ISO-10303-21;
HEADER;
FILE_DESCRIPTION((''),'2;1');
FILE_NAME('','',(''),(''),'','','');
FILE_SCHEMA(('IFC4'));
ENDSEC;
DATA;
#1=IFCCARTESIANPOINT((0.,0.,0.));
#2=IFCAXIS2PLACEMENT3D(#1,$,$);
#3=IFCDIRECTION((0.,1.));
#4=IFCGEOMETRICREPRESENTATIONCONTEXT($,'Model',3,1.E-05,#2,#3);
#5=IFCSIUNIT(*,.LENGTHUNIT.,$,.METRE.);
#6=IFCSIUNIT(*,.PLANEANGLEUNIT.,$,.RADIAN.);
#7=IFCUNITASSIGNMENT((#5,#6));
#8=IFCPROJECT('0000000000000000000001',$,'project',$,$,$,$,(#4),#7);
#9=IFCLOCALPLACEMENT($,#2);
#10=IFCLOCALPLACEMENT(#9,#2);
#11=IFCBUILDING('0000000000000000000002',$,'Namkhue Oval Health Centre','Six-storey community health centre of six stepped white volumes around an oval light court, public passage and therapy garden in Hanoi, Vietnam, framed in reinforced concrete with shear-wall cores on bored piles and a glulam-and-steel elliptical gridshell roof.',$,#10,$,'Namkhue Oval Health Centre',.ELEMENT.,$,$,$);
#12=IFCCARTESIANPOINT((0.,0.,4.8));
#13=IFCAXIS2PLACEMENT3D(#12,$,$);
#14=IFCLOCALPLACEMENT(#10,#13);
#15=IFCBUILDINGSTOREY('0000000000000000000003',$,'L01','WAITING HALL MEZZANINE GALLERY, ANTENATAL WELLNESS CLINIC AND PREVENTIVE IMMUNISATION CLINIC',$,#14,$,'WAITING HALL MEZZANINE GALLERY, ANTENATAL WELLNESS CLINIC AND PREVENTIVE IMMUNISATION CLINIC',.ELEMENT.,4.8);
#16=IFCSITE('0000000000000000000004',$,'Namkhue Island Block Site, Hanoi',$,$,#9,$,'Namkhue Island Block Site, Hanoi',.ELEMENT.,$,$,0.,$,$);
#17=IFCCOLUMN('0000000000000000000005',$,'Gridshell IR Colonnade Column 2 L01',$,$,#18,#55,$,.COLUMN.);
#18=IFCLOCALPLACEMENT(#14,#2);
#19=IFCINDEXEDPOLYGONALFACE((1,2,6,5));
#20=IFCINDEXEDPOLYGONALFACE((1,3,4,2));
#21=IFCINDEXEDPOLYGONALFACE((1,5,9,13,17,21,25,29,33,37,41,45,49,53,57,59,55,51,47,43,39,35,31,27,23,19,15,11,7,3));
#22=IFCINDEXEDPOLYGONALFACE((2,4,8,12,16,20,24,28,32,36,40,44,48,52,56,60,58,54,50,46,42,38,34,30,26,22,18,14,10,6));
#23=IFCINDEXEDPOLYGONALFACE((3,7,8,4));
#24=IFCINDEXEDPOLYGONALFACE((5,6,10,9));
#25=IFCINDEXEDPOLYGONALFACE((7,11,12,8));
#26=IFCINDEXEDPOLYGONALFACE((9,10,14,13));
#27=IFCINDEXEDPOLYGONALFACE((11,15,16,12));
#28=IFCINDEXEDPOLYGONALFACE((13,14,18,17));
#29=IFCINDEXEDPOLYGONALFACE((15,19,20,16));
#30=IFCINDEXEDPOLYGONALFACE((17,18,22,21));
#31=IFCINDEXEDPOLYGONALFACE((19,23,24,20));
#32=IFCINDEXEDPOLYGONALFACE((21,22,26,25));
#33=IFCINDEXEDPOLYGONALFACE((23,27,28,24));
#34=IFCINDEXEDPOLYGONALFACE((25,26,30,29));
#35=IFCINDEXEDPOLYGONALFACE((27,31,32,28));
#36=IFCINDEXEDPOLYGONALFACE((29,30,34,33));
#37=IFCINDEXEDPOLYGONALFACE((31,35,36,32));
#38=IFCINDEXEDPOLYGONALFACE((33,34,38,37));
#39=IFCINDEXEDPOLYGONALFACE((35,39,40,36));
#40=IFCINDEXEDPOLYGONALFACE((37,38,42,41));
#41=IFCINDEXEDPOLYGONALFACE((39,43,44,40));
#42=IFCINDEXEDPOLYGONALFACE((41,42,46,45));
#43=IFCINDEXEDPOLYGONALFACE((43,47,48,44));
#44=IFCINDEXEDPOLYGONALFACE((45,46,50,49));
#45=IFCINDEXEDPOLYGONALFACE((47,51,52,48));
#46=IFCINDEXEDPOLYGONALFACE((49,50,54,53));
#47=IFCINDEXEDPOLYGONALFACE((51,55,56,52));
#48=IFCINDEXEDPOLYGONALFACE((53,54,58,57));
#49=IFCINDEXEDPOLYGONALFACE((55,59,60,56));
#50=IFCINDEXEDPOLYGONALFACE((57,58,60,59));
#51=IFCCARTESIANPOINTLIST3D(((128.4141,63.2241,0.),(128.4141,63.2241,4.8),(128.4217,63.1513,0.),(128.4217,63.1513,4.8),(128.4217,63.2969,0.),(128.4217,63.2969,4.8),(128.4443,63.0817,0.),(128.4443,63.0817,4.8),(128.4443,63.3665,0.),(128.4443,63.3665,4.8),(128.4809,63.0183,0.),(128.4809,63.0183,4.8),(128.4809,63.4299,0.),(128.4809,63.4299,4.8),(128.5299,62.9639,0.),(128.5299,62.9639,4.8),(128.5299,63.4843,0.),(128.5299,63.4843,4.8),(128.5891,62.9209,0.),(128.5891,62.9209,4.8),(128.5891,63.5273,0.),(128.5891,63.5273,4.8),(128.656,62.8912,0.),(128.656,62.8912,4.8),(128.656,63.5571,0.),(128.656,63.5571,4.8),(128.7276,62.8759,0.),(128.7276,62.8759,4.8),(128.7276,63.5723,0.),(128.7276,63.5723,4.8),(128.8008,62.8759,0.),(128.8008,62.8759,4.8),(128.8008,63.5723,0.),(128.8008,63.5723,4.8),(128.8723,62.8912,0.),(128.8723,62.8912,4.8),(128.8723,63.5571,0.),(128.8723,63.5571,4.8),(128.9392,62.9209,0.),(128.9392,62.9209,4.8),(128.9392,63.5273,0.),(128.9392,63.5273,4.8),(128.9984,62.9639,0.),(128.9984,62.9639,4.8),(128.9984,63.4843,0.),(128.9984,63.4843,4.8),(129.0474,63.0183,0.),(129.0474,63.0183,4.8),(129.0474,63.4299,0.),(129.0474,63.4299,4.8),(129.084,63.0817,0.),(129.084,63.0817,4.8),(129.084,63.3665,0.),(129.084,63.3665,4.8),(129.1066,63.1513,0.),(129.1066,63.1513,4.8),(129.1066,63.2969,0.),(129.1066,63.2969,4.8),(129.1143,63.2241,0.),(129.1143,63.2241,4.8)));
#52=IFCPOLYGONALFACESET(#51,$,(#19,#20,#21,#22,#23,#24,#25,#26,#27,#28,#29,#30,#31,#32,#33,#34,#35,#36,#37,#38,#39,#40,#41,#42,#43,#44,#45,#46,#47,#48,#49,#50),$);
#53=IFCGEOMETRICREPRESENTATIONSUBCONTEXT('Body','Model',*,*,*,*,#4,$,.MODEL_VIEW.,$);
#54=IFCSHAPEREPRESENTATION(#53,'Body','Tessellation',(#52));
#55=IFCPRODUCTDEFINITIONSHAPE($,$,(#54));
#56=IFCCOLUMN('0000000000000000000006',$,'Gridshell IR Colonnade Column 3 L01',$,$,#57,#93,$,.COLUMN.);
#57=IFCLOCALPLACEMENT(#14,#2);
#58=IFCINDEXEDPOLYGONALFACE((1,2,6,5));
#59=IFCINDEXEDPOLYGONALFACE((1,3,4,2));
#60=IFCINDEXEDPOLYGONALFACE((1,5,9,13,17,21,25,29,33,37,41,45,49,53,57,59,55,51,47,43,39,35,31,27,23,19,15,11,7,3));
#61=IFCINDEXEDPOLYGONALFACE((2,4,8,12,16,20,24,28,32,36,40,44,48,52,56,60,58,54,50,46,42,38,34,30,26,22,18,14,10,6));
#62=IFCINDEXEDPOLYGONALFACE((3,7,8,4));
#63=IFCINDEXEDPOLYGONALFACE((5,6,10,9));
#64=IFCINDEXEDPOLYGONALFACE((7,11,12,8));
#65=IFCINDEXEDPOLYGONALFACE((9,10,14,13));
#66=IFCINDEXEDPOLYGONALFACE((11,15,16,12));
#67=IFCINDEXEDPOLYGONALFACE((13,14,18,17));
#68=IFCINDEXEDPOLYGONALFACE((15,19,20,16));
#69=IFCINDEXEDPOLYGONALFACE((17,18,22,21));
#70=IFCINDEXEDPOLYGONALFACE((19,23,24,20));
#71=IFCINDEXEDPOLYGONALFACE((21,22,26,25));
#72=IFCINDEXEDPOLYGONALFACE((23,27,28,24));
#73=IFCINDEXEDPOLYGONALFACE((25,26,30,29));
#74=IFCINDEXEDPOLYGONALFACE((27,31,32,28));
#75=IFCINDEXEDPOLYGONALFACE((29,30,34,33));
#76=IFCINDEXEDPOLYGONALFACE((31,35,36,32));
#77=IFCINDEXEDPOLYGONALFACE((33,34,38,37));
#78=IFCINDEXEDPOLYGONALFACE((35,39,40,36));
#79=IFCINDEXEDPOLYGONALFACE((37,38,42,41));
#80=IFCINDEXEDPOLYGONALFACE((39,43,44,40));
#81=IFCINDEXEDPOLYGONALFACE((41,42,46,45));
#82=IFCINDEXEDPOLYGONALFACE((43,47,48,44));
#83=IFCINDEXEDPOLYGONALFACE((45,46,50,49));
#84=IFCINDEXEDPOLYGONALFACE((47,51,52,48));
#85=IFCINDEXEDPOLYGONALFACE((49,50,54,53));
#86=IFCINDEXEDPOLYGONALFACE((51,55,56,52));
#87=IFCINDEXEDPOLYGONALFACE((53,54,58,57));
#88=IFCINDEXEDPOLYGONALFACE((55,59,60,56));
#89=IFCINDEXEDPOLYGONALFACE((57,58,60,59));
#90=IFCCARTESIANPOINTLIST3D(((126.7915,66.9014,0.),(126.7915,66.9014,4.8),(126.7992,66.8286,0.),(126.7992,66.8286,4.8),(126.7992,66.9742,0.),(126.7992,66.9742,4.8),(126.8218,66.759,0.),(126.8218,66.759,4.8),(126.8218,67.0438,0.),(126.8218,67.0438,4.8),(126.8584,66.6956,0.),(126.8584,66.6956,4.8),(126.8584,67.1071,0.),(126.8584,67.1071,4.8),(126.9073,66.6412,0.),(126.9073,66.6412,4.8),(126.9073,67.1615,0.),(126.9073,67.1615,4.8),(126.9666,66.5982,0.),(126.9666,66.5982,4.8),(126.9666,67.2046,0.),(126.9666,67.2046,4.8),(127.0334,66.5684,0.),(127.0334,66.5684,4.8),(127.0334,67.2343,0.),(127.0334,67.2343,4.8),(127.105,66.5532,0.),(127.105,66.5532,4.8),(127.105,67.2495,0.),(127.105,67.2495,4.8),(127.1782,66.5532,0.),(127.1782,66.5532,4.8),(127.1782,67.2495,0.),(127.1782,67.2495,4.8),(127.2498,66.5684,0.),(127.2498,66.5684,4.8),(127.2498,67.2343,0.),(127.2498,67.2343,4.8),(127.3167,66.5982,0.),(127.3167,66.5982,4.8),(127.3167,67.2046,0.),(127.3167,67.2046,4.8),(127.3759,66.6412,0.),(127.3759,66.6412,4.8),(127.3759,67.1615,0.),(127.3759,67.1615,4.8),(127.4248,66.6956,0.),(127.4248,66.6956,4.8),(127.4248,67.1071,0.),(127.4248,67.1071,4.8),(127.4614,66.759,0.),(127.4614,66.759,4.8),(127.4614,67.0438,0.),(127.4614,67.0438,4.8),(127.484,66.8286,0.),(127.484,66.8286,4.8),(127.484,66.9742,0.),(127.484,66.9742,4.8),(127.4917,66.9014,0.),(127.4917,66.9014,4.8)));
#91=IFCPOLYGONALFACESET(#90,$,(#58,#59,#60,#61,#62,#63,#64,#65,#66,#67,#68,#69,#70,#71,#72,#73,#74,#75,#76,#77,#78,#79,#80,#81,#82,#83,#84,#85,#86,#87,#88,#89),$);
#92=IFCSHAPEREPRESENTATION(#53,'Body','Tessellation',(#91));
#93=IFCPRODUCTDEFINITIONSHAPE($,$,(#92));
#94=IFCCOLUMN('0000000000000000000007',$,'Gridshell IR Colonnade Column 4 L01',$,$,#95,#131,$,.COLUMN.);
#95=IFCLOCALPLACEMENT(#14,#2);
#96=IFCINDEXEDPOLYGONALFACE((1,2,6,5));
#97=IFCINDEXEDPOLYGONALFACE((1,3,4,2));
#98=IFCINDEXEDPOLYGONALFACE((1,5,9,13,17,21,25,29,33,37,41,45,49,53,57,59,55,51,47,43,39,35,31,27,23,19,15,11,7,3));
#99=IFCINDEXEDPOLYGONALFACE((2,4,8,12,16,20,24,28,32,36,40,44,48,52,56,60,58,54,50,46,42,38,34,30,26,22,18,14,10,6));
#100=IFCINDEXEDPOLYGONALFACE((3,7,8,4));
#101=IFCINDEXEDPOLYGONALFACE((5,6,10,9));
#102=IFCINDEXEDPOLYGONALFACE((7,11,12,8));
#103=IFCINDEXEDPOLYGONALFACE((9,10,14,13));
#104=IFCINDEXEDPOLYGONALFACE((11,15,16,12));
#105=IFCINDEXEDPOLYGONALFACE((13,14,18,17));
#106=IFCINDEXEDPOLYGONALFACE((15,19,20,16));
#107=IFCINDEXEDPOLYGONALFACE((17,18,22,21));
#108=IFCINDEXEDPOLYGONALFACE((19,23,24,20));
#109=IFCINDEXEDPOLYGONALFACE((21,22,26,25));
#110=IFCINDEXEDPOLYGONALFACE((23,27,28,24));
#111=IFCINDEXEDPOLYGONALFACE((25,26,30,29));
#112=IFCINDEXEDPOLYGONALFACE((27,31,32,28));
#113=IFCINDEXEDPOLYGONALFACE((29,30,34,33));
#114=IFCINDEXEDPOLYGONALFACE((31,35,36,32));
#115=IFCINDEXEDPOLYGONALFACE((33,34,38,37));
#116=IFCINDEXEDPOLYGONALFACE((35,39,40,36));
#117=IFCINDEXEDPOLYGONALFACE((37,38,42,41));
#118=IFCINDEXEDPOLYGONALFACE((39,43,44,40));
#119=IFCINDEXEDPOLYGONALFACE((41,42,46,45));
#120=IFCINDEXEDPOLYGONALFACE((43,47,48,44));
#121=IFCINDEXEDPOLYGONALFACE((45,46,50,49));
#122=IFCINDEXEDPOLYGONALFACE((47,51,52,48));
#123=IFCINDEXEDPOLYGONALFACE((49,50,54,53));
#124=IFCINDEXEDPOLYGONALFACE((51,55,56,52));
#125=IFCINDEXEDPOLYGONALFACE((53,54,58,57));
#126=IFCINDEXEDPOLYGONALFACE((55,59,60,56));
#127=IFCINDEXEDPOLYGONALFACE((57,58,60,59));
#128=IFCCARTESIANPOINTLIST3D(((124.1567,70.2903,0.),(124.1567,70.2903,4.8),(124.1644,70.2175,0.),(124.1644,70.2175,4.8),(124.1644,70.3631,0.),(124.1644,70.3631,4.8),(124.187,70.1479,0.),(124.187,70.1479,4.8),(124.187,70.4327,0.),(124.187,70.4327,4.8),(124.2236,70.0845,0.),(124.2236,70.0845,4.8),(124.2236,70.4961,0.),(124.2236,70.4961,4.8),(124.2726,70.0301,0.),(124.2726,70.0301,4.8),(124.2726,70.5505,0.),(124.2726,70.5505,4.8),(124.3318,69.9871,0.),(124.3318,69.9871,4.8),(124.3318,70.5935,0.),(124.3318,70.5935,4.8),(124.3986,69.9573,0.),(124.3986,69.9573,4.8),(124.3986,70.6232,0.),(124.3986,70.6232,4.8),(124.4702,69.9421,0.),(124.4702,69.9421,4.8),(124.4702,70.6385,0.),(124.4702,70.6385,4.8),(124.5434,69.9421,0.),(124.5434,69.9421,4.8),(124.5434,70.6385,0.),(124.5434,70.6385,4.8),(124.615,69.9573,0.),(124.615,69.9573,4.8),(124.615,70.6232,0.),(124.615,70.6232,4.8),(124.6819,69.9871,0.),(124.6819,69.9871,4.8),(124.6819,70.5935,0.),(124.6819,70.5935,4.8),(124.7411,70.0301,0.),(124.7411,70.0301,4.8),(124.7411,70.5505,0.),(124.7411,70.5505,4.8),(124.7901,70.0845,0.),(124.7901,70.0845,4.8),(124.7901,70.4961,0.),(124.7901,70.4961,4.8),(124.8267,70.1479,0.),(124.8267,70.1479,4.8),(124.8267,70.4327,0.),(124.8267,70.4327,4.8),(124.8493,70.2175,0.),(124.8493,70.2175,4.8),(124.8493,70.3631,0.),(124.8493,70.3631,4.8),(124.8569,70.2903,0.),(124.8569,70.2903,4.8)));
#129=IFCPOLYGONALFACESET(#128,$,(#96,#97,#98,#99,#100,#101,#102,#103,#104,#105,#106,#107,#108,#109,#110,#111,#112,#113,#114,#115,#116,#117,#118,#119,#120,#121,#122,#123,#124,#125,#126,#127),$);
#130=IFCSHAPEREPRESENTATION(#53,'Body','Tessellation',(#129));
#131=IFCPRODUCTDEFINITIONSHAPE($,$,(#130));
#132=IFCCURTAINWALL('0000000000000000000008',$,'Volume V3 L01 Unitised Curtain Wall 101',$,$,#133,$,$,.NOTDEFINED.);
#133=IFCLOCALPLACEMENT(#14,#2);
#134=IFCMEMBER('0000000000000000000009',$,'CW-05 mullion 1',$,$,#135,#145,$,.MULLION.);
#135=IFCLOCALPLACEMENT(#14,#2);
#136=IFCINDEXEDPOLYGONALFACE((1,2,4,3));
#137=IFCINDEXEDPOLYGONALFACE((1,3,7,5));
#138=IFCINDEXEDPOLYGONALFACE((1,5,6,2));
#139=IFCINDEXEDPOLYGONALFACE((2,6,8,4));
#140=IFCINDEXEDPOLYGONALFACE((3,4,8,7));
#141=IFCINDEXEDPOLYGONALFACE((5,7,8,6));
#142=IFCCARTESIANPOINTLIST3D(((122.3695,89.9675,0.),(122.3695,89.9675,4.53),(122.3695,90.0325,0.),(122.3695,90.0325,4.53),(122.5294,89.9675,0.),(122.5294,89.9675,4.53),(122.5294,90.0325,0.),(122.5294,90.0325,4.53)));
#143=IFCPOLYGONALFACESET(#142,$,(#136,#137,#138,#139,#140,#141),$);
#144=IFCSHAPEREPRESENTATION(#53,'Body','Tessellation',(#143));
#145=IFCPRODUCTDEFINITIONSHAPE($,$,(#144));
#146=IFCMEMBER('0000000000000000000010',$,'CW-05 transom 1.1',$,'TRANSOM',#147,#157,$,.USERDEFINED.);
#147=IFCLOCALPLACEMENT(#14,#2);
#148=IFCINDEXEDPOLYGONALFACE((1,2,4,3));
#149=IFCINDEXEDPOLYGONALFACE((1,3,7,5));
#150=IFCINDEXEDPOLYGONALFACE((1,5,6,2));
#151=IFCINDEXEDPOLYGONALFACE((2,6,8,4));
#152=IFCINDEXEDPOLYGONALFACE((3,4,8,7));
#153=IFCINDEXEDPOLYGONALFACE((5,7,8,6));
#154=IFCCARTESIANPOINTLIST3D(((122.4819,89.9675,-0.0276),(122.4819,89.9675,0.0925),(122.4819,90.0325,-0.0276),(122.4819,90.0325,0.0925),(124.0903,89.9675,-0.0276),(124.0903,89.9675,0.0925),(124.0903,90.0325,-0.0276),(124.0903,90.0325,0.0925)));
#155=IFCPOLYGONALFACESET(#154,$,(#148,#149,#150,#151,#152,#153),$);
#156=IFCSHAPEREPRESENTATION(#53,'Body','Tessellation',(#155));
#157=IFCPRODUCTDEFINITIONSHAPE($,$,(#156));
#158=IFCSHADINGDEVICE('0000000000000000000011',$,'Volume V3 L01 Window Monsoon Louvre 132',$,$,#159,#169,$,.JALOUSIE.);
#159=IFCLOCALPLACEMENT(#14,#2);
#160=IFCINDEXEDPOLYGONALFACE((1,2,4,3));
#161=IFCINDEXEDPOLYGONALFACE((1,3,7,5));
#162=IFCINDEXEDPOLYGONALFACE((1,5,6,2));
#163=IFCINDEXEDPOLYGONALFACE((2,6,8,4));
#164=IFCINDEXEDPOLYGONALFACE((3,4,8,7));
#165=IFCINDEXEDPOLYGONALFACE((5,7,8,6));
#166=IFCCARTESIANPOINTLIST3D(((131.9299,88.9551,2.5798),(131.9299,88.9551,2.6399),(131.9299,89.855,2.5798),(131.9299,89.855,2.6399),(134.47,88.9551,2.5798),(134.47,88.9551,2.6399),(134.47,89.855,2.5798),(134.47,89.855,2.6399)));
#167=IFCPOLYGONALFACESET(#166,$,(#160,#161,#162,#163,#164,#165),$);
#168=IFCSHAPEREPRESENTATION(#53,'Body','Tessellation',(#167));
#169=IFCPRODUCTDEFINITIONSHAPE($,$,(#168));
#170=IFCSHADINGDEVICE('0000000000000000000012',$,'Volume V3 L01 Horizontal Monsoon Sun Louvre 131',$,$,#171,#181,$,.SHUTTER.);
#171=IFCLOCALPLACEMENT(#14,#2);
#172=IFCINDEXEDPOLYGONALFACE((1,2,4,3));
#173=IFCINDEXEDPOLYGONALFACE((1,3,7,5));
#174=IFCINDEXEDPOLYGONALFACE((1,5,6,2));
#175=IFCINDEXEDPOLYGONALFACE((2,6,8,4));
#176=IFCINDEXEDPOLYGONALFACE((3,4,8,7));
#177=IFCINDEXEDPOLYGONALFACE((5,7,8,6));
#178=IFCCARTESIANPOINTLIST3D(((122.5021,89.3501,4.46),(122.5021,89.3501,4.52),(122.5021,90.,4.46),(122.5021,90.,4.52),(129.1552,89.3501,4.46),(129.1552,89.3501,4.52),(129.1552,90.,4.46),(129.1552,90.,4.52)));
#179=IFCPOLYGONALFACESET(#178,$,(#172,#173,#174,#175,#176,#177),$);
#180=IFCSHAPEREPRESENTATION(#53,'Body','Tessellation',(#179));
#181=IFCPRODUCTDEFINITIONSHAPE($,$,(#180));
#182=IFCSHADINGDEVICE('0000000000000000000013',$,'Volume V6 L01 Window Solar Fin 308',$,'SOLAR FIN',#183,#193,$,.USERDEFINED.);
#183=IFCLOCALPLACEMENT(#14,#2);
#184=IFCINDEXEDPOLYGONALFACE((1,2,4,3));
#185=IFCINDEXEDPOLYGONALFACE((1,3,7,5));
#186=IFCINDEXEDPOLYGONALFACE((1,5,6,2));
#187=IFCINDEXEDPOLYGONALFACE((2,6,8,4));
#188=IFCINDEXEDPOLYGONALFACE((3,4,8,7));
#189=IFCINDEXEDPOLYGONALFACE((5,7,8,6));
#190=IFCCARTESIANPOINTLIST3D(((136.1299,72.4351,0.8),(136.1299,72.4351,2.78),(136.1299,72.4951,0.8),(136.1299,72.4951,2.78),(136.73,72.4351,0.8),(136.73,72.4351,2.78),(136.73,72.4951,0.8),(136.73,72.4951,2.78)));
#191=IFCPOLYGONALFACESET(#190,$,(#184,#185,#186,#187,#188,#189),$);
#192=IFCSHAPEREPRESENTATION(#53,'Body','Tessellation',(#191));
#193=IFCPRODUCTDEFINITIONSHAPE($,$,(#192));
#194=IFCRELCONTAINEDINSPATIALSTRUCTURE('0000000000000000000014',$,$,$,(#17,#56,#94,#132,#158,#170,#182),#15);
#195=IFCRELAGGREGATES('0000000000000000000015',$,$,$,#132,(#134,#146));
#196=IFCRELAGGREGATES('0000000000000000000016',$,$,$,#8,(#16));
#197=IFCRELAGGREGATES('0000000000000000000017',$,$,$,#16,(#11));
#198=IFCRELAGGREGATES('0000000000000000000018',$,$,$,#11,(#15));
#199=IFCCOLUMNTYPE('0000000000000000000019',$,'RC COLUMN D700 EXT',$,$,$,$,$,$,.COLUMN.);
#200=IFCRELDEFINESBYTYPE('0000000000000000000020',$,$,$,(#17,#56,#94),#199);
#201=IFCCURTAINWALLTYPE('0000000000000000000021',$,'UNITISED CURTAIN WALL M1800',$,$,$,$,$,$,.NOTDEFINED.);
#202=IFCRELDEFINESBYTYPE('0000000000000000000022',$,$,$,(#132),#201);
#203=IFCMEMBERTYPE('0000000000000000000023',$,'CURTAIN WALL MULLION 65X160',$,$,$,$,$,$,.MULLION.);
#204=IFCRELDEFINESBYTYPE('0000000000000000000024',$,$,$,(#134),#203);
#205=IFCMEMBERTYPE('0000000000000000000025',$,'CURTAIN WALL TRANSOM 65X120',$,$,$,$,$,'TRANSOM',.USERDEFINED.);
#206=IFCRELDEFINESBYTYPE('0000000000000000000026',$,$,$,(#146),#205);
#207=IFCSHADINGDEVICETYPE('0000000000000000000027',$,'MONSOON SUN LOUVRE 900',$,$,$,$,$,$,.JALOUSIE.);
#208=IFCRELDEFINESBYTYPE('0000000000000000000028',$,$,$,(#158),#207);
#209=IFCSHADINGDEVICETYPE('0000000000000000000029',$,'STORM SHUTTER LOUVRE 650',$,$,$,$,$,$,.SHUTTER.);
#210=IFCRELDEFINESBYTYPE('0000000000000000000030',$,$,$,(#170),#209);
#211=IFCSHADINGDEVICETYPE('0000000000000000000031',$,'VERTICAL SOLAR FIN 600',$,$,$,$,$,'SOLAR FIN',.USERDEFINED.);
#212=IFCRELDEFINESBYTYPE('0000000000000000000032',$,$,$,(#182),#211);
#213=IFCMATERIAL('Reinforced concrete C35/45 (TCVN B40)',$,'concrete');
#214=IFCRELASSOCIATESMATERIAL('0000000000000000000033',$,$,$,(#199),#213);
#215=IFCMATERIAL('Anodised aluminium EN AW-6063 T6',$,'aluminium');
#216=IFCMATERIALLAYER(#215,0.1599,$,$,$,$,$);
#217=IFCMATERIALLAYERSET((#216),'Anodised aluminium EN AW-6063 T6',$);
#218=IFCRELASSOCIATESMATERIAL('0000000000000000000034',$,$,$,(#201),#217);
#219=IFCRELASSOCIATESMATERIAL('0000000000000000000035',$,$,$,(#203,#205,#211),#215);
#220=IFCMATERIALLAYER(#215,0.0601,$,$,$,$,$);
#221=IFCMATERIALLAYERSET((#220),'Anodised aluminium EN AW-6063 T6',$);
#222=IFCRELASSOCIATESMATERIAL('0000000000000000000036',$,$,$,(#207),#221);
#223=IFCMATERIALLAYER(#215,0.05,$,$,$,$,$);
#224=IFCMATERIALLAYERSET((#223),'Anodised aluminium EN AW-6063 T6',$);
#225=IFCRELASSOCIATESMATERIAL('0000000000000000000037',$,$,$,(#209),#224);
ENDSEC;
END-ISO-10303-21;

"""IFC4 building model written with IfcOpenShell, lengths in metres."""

from ifc_helpers import new_model, si_unit, direction, frame, origin, origin_2d, place, context, subcontext, project, spatial, rectangle, circle, extrude, material, layer, layer_set, material_profile, profile_set, type_object, element, aggregate, save


model = new_model("IFC4")

# Units and contexts
model_context = context("Model", 3, precision=1e-05, world=origin(), true_north=direction((0.0, 1.0)))
body_context = subcontext(model_context, "Body", "Model", "MODEL_VIEW")
ifc_project = project(units=[si_unit("LENGTHUNIT", "METRE"), si_unit("PLANEANGLEUNIT", "RADIAN")], contexts=[model_context])

# Site, building, storey
site_placement = place(None, origin())
site = spatial("IfcSite", under=ifc_project, at=site_placement, Name="Namkhue Island Block Site, Hanoi", LongName="Namkhue Island Block Site, Hanoi", CompositionType="ELEMENT", RefElevation=0.0)
building_placement = place(site_placement, origin())
building = spatial("IfcBuilding", under=site, at=building_placement, Name="Namkhue Oval Health Centre", Description="Six-storey community health centre of six stepped white volumes around an oval light court, public passage and therapy garden in Hanoi, Vietnam, framed in reinforced concrete with shear-wall cores on bored piles and a glulam-and-steel elliptical gridshell roof.", LongName="Namkhue Oval Health Centre", CompositionType="ELEMENT")
storey_placement = place(building_placement, frame((0.0, 0.0, 4.8)))
storey = spatial("IfcBuildingStorey", under=building, at=storey_placement, Name="L01", Description="WAITING HALL MEZZANINE GALLERY, ANTENATAL WELLNESS CLINIC AND PREVENTIVE IMMUNISATION CLINIC", LongName="WAITING HALL MEZZANINE GALLERY, ANTENATAL WELLNESS CLINIC AND PREVENTIVE IMMUNISATION CLINIC", CompositionType="ELEMENT", Elevation=4.8)

# Columns
ifc_material_1 = material(Name="Reinforced concrete C35/45 (TCVN B40)", Category="concrete")
ifc_material_profile_1 = material_profile(ifc_material_1, circle(Radius=0.3501, at=origin_2d()), Name="RC D700")
ifc_profile_set_1 = profile_set([ifc_material_profile_1], Name="Reinforced concrete C35/45 (TCVN B40)")
column_type = type_object("IfcColumnType", Name="RC COLUMN D700 EXT", PredefinedType="COLUMN", material=ifc_profile_set_1)
for number, where, z_axis, x_axis, name in (
    (1, (128.7642, 63.2241, 0.0), (0.0, 0.0, 1.0), (1.0, 0.0, 0.0), "Gridshell IR Colonnade Column 2 L01"),
    (2, (127.1416, 66.9014, 0.0), (0.0, 0.0, 1.0), (1.0, 0.0, 0.0), "Gridshell IR Colonnade Column 3 L01"),
    (3, (124.5068, 70.2903, 0.0), (0.0, 0.0, 1.0), (1.0, 0.0, 0.0), "Gridshell IR Colonnade Column 4 L01"),
):
    element("IfcColumn", number, at=place(storey_placement, frame(where, z_axis=z_axis, x_axis=x_axis)), inside=storey, type_object=column_type, Name=name, PredefinedType="COLUMN", context=body_context, shape_type="SweptSolid", body=[
        extrude(circle(Radius=0.3501, at=origin_2d()), origin(), (0.0, 0.0, 1.0), 4.8),
    ])

# Curtain wall, members
ifc_material_2 = material(Name="Anodised aluminium EN AW-6063 T6", Category="aluminium")
ifc_layer_1 = layer(ifc_material_2, 0.1599)
ifc_layer_set_1 = layer_set([ifc_layer_1], Name="Anodised aluminium EN AW-6063 T6")
curtain_wall_type = type_object("IfcCurtainWallType", Name="UNITISED CURTAIN WALL M1800", PredefinedType="NOTDEFINED", material=ifc_layer_set_1)
curtain_wall_placement = place(storey_placement, origin())
curtain_wall = element("IfcCurtainWall", 4, at=curtain_wall_placement, inside=storey, type_object=curtain_wall_type, Name="Volume V3 L01 Unitised Curtain Wall 101", PredefinedType="NOTDEFINED")
ifc_material_profile_2 = material_profile(ifc_material_2, rectangle(XDim=0.0649, YDim=0.1599, at=origin_2d()), Name="ALU 65x160")
ifc_profile_set_2 = profile_set([ifc_material_profile_2], Name="Anodised aluminium EN AW-6063 T6")
member_type_1 = type_object("IfcMemberType", Name="CURTAIN WALL MULLION 65X160", PredefinedType="MULLION", material=ifc_profile_set_2)
member_1_placement = place(storey_placement, frame((122.4495, 90.0, 0.0), z_axis=(0.0, 0.0, 1.0), x_axis=(0.0, 1.0, 0.0)))
member_1 = element("IfcMember", 5, at=member_1_placement, type_object=member_type_1, Name="CW-05 mullion 1", PredefinedType="MULLION", context=body_context, shape_type="SweptSolid", body=[
    extrude(rectangle(XDim=0.0649, YDim=0.1599, at=origin_2d()), origin(), (0.0, 0.0, 1.0), 4.53),
])
ifc_material_profile_3 = material_profile(ifc_material_2, rectangle(XDim=0.0649, YDim=0.1201, at=origin_2d()), Name="ALU 65x120")
ifc_profile_set_3 = profile_set([ifc_material_profile_3], Name="Anodised aluminium EN AW-6063 T6")
member_type_2 = type_object("IfcMemberType", Name="CURTAIN WALL TRANSOM 65X120", ElementType="TRANSOM", PredefinedType="USERDEFINED", material=ifc_profile_set_3)
member_2_placement = place(storey_placement, frame((122.4819, 90.0, 0.0325), z_axis=(1.0, 0.0, 0.0), x_axis=(0.0, 1.0, 0.0)))
member_2 = element("IfcMember", 6, at=member_2_placement, type_object=member_type_2, Name="CW-05 transom 1.1", ObjectType="TRANSOM", PredefinedType="USERDEFINED", context=body_context, shape_type="SweptSolid", body=[
    extrude(rectangle(XDim=0.0649, YDim=0.1201, at=origin_2d()), origin(), (0.0, 0.0, 1.0), 1.6084),
])
aggregate(curtain_wall, [member_1, member_2])

# Shading devices
ifc_layer_2 = layer(ifc_material_2, 0.0601)
ifc_layer_set_2 = layer_set([ifc_layer_2], Name="Anodised aluminium EN AW-6063 T6")
shading_device_type_1 = type_object("IfcShadingDeviceType", Name="MONSOON SUN LOUVRE 900", PredefinedType="JALOUSIE", material=ifc_layer_set_2)
shading_device_1_placement = place(storey_placement, frame((133.2, 89.405, 2.5798), z_axis=(0.0, 0.0, 1.0), x_axis=(1.0, 0.0, 0.0)))
element("IfcShadingDevice", 7, at=shading_device_1_placement, inside=storey, type_object=shading_device_type_1, Name="Volume V3 L01 Window Monsoon Louvre 132", PredefinedType="JALOUSIE", context=body_context, shape_type="SweptSolid", body=[
    extrude(rectangle(XDim=2.54, YDim=0.8999, at=origin_2d()), origin(), (0.0, 0.0, 1.0), 0.0601),
])
ifc_layer_3 = layer(ifc_material_2, 0.05)
ifc_layer_set_3 = layer_set([ifc_layer_3], Name="Anodised aluminium EN AW-6063 T6")
shading_device_type_2 = type_object("IfcShadingDeviceType", Name="STORM SHUTTER LOUVRE 650", PredefinedType="SHUTTER", material=ifc_layer_set_3)
shading_device_2_placement = place(storey_placement, frame((125.8286, 89.675, 4.46), z_axis=(0.0, 0.0, 1.0), x_axis=(1.0, 0.0, 0.0)))
element("IfcShadingDevice", 8, at=shading_device_2_placement, inside=storey, type_object=shading_device_type_2, Name="Volume V3 L01 Horizontal Monsoon Sun Louvre 131", PredefinedType="SHUTTER", context=body_context, shape_type="SweptSolid", body=[
    extrude(rectangle(XDim=6.6531, YDim=0.6499, at=origin_2d()), origin(), (0.0, 0.0, 1.0), 0.0601),
])
shading_device_type_3 = type_object("IfcShadingDeviceType", Name="VERTICAL SOLAR FIN 600", ElementType="SOLAR FIN", PredefinedType="USERDEFINED", material=ifc_material_2)
for number, where, z_axis, x_axis, name in (
    (9, (136.4299, 72.4651, 0.8), (0.0, 0.0, 1.0), (-1.0, 0.0, 0.0), "Volume V6 L01 Window Solar Fin 308"),
):
    element("IfcShadingDevice", number, at=place(storey_placement, frame(where, z_axis=z_axis, x_axis=x_axis)), inside=storey, type_object=shading_device_type_3, Name=name, ObjectType="SOLAR FIN", PredefinedType="USERDEFINED", context=body_context, shape_type="SweptSolid", body=[
        extrude(rectangle(XDim=0.6001, YDim=0.0601, at=origin_2d()), origin(), (0.0, 0.0, 1.0), 1.98),
    ])

save(model, "model.ifc")
